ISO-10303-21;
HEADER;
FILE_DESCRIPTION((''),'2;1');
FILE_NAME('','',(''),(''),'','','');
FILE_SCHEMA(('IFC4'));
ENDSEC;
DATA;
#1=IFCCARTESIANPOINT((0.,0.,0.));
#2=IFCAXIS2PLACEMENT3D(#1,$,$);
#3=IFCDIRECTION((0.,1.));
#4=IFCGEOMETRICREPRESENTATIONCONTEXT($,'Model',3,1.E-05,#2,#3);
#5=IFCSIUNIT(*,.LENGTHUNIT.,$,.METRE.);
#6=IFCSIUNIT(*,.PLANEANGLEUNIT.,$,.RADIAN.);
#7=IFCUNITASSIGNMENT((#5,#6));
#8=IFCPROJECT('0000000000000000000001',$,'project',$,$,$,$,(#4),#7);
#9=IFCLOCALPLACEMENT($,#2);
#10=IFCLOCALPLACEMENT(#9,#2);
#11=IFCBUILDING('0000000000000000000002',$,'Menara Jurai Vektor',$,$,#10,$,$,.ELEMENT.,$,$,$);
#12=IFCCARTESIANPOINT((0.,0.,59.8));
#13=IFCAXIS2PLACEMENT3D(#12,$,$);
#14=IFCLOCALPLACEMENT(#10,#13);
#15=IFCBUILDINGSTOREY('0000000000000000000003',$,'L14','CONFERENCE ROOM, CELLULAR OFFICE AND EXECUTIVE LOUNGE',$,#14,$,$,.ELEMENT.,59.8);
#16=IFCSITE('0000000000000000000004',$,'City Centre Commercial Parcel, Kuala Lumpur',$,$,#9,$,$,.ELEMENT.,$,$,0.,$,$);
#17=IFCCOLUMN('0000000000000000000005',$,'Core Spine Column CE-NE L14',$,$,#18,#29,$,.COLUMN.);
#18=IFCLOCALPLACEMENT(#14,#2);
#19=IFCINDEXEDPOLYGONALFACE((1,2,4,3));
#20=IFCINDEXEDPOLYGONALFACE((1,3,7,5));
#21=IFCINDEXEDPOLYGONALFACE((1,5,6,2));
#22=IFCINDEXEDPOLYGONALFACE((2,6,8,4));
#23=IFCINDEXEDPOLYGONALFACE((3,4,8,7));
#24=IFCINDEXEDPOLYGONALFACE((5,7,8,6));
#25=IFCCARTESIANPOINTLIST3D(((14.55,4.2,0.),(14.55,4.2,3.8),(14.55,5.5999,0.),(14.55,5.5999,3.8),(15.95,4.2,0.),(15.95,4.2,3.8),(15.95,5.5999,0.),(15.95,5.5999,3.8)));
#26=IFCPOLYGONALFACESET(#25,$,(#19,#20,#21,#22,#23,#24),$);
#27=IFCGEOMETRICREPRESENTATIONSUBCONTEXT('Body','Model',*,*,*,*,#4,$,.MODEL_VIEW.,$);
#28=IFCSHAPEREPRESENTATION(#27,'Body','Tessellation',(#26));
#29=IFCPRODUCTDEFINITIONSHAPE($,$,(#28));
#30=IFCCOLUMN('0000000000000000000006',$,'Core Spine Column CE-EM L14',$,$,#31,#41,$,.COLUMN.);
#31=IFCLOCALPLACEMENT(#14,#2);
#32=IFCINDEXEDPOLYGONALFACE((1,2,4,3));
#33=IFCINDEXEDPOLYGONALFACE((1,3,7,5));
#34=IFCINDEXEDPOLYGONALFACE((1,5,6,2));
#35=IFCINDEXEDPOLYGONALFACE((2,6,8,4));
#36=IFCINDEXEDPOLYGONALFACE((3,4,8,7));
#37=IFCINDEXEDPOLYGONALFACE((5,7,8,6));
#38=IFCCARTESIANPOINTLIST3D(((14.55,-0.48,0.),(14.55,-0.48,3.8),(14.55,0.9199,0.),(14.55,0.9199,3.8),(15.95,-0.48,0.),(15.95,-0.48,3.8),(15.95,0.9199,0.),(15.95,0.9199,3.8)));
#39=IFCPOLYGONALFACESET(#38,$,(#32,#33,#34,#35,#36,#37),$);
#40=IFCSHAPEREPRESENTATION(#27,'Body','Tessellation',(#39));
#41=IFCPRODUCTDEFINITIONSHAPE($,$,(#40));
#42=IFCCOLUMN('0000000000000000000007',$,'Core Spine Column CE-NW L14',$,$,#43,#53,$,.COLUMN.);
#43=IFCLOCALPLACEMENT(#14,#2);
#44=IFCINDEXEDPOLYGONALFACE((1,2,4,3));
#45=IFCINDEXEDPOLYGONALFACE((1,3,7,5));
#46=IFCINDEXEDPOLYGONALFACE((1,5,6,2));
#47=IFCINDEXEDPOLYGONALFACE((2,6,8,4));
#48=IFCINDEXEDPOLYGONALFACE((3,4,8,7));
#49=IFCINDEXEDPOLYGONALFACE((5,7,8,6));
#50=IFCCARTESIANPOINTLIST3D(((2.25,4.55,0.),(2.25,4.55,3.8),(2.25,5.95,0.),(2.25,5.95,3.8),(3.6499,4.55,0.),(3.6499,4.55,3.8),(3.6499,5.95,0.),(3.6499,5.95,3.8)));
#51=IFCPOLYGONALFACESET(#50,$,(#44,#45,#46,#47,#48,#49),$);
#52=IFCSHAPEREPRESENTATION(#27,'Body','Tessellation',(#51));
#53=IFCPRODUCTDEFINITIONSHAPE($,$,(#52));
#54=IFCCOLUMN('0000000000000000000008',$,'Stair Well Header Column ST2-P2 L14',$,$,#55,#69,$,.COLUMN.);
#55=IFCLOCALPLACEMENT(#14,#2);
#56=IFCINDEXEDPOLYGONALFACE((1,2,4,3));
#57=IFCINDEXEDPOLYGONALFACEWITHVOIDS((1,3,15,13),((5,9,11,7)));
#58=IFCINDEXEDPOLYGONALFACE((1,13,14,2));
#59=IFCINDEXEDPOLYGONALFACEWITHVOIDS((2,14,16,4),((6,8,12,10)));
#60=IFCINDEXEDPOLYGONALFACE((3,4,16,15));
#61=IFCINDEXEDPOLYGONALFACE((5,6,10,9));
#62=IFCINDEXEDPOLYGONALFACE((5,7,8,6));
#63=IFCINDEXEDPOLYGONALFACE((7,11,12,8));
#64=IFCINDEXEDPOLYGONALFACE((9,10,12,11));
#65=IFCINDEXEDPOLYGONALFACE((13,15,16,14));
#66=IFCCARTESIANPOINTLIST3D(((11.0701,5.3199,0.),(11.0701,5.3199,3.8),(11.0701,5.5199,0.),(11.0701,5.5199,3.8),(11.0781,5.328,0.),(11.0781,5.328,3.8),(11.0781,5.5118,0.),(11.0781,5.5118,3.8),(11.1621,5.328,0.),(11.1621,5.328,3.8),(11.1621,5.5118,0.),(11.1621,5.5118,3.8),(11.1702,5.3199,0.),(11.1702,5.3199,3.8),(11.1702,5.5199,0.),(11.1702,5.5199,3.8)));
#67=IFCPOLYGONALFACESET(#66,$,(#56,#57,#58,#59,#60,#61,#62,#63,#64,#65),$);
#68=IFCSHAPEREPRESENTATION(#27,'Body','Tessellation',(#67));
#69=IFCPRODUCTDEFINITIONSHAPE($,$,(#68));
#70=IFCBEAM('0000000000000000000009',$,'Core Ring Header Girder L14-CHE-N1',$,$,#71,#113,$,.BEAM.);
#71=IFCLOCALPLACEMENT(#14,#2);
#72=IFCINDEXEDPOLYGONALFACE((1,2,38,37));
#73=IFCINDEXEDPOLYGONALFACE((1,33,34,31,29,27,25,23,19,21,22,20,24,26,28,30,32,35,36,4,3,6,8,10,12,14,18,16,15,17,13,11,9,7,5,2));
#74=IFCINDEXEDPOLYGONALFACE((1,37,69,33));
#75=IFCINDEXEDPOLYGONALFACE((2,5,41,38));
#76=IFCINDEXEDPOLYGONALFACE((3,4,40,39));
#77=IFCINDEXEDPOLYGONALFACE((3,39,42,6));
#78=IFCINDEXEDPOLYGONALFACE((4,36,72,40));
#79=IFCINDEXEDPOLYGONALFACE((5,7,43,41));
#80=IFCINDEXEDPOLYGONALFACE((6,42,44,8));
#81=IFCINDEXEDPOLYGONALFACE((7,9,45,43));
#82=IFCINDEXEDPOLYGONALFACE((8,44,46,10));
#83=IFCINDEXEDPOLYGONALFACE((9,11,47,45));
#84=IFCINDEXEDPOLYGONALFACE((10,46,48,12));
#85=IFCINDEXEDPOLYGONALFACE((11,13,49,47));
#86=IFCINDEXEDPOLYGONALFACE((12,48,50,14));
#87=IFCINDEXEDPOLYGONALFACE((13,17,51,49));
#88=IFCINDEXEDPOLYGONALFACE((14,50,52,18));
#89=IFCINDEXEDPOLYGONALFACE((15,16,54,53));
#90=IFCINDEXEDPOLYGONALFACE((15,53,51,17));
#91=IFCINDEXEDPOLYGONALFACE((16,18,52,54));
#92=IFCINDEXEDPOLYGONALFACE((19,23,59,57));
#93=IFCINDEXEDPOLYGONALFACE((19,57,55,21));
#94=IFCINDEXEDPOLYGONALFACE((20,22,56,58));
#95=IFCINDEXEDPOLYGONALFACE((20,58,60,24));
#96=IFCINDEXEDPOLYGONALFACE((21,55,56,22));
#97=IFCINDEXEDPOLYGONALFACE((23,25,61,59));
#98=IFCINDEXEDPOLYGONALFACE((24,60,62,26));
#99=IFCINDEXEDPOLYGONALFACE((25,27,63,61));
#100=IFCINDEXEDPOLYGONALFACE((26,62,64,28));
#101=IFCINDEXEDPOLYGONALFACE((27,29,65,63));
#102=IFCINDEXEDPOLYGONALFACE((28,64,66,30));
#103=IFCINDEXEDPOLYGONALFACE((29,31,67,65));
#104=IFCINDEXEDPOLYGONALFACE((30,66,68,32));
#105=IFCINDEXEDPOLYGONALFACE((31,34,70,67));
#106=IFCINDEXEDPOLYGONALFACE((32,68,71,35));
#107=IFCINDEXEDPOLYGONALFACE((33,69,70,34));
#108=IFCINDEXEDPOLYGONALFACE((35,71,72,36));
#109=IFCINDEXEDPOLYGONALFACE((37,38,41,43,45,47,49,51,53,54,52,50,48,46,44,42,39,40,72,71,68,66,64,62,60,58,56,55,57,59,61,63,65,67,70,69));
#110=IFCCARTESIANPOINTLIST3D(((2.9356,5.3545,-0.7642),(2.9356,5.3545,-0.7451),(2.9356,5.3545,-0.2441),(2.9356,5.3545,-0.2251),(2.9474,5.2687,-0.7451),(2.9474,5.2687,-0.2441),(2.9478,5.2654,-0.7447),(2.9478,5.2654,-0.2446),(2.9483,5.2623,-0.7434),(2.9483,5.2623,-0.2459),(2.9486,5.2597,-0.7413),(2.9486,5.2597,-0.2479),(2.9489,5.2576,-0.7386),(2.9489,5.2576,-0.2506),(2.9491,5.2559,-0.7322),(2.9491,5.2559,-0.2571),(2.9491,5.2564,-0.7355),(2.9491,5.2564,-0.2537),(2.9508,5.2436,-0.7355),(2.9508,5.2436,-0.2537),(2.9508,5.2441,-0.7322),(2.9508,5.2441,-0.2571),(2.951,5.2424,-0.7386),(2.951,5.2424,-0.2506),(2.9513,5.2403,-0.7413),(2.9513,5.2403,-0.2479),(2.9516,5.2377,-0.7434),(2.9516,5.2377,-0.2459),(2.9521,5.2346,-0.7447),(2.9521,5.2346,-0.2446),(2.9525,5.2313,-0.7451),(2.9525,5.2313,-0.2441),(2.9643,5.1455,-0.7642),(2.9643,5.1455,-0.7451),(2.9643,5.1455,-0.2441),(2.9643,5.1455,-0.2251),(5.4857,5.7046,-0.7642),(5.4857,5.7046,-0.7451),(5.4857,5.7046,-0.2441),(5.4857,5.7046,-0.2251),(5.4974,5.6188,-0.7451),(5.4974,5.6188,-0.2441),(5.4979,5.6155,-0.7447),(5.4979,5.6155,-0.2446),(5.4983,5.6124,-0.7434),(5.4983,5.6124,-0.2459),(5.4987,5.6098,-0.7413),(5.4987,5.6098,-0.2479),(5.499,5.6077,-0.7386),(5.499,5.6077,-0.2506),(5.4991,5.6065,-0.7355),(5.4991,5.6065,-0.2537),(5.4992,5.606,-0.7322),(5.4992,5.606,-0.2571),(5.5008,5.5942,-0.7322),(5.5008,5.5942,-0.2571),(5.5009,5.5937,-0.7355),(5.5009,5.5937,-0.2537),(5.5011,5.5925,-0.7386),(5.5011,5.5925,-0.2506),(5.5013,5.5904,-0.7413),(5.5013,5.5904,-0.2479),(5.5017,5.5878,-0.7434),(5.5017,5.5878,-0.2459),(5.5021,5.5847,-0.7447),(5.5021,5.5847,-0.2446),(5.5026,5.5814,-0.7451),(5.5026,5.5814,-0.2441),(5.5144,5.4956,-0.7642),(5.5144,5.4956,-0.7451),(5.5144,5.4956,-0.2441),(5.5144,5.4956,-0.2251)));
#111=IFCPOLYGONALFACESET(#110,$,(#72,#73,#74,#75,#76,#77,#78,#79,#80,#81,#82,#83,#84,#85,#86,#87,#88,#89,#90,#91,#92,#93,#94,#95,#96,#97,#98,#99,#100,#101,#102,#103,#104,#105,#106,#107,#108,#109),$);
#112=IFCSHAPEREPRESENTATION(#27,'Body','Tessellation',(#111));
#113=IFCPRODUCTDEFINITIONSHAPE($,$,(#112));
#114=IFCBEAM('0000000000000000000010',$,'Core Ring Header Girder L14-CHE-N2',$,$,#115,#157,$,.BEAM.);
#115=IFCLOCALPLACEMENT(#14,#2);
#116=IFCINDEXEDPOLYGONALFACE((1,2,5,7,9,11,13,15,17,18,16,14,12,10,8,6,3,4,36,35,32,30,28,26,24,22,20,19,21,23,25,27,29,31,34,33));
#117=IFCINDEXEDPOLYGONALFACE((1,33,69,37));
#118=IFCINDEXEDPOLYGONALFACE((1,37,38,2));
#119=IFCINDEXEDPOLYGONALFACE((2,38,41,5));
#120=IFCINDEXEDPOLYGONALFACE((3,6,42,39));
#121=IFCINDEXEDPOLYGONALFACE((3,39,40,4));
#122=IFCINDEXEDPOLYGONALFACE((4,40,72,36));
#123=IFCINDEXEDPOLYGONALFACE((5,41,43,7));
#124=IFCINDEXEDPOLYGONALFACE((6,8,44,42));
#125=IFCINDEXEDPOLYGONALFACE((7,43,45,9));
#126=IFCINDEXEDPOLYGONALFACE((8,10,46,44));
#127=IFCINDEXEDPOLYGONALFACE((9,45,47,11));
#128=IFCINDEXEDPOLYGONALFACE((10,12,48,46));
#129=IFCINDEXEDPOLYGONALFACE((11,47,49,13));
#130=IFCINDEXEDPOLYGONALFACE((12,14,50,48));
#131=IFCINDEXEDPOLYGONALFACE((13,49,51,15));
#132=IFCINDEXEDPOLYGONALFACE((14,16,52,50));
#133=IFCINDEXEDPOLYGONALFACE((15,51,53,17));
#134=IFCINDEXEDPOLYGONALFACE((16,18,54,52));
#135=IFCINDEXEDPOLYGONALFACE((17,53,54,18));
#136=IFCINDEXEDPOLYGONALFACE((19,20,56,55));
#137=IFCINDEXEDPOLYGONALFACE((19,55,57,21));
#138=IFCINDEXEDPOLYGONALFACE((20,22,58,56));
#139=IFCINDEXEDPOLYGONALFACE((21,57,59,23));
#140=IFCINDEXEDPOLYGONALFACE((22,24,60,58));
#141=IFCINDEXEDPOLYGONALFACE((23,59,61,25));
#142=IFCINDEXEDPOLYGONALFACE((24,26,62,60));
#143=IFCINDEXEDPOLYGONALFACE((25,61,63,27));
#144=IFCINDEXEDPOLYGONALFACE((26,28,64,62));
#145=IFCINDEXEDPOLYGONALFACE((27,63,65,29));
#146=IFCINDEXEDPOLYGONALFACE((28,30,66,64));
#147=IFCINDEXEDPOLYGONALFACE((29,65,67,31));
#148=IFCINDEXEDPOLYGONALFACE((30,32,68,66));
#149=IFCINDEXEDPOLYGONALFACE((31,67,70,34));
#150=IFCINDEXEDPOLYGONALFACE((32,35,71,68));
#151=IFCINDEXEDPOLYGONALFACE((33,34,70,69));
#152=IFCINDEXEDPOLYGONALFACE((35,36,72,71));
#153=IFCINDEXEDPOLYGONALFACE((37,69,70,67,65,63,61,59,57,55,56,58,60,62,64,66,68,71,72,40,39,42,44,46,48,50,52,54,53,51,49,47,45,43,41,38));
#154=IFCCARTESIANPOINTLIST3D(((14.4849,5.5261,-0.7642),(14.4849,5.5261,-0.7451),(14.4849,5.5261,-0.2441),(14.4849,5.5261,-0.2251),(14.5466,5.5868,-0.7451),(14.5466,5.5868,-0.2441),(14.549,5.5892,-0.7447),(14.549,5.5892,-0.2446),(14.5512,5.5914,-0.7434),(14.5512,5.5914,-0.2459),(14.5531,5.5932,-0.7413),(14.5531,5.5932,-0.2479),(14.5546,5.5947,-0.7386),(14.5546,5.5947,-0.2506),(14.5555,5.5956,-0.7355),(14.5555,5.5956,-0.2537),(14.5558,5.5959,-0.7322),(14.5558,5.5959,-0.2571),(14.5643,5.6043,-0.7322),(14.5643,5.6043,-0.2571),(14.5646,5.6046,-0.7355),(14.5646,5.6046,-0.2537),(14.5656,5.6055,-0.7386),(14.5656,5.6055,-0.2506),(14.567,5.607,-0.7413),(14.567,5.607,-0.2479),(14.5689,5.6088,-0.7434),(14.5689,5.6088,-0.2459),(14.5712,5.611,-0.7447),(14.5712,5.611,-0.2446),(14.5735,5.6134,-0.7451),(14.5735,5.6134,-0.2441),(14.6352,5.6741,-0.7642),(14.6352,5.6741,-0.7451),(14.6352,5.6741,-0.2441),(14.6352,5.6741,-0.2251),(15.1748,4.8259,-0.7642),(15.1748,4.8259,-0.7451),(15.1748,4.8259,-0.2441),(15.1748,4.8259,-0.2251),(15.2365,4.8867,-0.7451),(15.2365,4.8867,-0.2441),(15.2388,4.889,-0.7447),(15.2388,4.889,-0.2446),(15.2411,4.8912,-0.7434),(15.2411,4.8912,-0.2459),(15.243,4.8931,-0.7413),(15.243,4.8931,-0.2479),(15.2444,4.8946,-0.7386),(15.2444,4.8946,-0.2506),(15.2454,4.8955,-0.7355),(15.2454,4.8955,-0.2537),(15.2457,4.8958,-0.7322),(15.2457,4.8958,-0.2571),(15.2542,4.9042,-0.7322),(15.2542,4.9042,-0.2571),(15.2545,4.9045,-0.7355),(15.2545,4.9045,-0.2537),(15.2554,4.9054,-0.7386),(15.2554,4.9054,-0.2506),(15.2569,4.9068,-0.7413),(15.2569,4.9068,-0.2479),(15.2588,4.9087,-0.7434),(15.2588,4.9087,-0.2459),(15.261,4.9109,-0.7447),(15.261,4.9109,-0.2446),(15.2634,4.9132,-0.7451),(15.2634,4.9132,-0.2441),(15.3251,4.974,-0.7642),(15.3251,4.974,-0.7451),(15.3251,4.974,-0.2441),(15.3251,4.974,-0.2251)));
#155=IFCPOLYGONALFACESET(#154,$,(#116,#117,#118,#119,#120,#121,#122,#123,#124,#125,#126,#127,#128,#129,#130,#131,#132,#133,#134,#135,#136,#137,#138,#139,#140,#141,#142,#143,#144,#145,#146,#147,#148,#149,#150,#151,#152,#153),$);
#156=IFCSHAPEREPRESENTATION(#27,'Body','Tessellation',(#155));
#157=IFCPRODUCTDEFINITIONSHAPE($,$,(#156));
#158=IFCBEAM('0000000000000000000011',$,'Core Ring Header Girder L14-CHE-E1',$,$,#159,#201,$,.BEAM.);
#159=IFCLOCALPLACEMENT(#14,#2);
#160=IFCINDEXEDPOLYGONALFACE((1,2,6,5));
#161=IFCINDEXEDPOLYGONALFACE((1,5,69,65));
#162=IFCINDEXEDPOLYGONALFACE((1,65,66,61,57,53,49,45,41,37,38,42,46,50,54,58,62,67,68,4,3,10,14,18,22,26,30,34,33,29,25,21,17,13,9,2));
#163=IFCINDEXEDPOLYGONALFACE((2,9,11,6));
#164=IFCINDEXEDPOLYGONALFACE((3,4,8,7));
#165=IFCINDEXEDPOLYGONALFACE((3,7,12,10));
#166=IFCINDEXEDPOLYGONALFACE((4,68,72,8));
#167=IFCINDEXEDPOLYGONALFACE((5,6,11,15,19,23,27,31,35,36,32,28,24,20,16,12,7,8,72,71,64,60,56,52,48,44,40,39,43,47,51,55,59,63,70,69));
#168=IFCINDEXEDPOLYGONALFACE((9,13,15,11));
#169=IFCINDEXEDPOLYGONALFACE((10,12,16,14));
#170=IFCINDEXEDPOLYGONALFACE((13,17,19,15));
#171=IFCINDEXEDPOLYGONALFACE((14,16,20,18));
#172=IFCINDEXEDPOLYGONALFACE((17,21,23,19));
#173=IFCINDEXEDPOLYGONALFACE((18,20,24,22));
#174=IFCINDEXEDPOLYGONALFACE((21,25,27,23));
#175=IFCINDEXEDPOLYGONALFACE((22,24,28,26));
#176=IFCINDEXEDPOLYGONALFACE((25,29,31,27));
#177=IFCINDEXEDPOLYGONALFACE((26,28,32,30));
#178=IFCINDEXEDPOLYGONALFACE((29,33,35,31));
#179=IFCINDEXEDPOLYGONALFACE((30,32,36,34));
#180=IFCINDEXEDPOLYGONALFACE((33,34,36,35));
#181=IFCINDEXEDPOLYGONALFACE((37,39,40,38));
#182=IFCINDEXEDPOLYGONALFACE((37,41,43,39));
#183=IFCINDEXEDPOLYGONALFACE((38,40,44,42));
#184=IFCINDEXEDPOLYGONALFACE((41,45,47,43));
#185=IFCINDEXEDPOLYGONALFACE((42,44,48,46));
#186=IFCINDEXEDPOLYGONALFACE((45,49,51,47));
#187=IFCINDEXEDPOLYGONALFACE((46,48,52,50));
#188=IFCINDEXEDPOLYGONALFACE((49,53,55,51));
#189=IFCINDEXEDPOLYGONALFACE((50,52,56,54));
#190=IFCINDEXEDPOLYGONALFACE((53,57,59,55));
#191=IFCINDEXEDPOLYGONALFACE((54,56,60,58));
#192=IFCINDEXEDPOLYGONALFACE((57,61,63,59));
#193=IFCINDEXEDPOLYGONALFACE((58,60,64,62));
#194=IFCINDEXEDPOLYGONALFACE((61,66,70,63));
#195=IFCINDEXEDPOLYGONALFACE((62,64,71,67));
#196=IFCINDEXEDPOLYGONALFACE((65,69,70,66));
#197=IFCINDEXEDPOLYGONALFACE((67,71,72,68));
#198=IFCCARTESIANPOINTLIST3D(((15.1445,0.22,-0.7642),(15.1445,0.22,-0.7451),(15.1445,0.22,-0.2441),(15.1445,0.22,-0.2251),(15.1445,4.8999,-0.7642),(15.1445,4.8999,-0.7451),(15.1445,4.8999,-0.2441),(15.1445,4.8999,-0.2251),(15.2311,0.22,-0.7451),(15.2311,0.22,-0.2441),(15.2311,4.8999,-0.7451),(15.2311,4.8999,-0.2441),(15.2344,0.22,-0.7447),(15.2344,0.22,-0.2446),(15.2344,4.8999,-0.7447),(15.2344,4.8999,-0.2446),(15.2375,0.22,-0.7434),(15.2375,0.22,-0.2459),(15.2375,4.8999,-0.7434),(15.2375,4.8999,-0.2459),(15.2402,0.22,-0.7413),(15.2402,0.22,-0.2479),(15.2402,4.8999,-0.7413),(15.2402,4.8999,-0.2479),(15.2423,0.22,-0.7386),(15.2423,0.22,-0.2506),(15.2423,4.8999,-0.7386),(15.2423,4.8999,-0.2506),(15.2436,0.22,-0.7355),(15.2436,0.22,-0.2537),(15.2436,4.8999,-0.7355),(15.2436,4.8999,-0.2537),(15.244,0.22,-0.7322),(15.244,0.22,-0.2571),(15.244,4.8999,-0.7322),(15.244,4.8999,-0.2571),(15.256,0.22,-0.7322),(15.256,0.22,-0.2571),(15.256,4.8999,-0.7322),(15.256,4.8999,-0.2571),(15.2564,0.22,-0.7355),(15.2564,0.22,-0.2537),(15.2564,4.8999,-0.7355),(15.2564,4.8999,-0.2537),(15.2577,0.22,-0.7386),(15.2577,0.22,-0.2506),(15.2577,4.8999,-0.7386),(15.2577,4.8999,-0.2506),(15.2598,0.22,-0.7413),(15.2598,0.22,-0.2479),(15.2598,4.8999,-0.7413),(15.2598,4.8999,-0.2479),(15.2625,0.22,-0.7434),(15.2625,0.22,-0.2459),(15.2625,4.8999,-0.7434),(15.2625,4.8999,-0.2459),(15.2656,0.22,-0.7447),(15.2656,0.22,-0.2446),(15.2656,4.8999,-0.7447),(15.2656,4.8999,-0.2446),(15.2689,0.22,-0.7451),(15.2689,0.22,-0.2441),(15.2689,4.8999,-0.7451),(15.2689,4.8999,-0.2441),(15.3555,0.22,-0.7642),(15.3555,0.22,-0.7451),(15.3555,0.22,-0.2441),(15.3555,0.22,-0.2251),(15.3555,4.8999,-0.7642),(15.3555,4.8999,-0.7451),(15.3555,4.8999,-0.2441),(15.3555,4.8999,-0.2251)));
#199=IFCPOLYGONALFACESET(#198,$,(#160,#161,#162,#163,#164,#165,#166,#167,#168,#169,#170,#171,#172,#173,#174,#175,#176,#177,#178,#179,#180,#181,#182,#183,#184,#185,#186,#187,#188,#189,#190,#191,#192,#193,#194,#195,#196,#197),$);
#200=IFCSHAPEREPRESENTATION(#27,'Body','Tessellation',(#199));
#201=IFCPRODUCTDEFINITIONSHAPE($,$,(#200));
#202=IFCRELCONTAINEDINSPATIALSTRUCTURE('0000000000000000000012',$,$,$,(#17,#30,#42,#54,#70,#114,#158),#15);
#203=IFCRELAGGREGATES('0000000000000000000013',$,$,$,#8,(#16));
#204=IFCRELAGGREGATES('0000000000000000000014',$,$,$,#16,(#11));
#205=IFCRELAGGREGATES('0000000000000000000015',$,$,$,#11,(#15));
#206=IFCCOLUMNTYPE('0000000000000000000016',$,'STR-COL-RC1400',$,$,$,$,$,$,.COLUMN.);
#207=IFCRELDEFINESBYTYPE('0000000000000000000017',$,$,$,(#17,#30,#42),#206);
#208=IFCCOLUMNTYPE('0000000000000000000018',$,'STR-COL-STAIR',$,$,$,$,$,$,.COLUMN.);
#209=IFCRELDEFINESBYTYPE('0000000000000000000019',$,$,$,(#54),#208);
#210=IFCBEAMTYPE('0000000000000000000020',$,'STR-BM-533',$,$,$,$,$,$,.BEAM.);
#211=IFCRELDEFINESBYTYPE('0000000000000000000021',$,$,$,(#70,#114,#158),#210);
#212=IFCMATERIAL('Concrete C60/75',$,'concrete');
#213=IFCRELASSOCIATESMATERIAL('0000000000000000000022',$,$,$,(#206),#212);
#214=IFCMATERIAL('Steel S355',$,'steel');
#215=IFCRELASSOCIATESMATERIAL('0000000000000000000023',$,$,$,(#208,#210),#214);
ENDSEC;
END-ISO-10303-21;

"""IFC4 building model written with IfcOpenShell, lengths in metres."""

from ifc_helpers import new_model, si_unit, direction, frame, origin, origin_2d, place, context, subcontext, project, spatial, rectangle, hollow_rectangle, i_section, extrude, material, material_profile, profile_set, type_object, element, save


model = new_model("IFC4")

# Units and contexts
model_context = context("Model", 3, precision=1e-05, world=origin(), true_north=direction((0.0, 1.0)))
body_context = subcontext(model_context, "Body", "Model", "MODEL_VIEW")
ifc_project = project(units=[si_unit("LENGTHUNIT", "METRE"), si_unit("PLANEANGLEUNIT", "RADIAN")], contexts=[model_context])

# Site, building, storey
site_placement = place(None, origin())
site = spatial("IfcSite", under=ifc_project, at=site_placement, Name="City Centre Commercial Parcel, Kuala Lumpur", CompositionType="ELEMENT", RefElevation=0.0)
building_placement = place(site_placement, origin())
building = spatial("IfcBuilding", under=site, at=building_placement, Name="Menara Jurai Vektor", CompositionType="ELEMENT")
storey_placement = place(building_placement, frame((0.0, 0.0, 59.8)))
storey = spatial("IfcBuildingStorey", under=building, at=storey_placement, Name="L14", Description="CONFERENCE ROOM, CELLULAR OFFICE AND EXECUTIVE LOUNGE", CompositionType="ELEMENT", Elevation=59.8)

# Columns
ifc_material_1 = material(Name="Concrete C60/75", Category="concrete")
ifc_material_profile_1 = material_profile(ifc_material_1, rectangle(XDim=1.3999, YDim=1.3999, at=origin_2d()), Name="RC 1400x1400")
ifc_profile_set_1 = profile_set([ifc_material_profile_1], Name="Concrete C60/75")
column_type_1 = type_object("IfcColumnType", Name="STR-COL-RC1400", PredefinedType="COLUMN", material=ifc_profile_set_1)
for number, where, z_axis, x_axis, name in (
    (1, (15.25, 4.8999, 0.0), (0.0, 0.0, 1.0), (1.0, 0.0, 0.0), "Core Spine Column CE-NE L14"),
    (2, (15.25, 0.22, 0.0), (0.0, 0.0, 1.0), (1.0, 0.0, 0.0), "Core Spine Column CE-EM L14"),
    (3, (2.95, 5.25, 0.0), (0.0, 0.0, 1.0), (1.0, 0.0, 0.0), "Core Spine Column CE-NW L14"),
):
    element("IfcColumn", number, at=place(storey_placement, frame(where, z_axis=z_axis, x_axis=x_axis)), inside=storey, type_object=column_type_1, Name=name, PredefinedType="COLUMN", context=body_context, shape_type="SweptSolid", body=[
        extrude(rectangle(XDim=1.3999, YDim=1.3999, at=origin_2d()), origin(), (0.0, 0.0, 1.0), 3.8),
    ])
ifc_material_2 = material(Name="Steel S355", Category="steel")
ifc_material_profile_2 = material_profile(ifc_material_2, hollow_rectangle(XDim=0.1001, YDim=0.2, WallThickness=0.0081, at=origin_2d()), Name="RHS 200x100x8")
ifc_profile_set_2 = profile_set([ifc_material_profile_2], Name="Steel S355")
column_type_2 = type_object("IfcColumnType", Name="STR-COL-STAIR", PredefinedType="COLUMN", material=ifc_profile_set_2)
column_placement = place(storey_placement, frame((11.1201, 5.4199, 0.0), z_axis=(0.0, 0.0, 1.0), x_axis=(1.0, 0.0, 0.0)))
element("IfcColumn", 4, at=column_placement, inside=storey, type_object=column_type_2, Name="Stair Well Header Column ST2-P2 L14", PredefinedType="COLUMN", context=body_context, shape_type="SweptSolid", body=[
    extrude(hollow_rectangle(XDim=0.1001, YDim=0.2, WallThickness=0.0081, at=origin_2d()), origin(), (0.0, 0.0, 1.0), 3.8),
])

# Beams
ifc_material_profile_3 = material_profile(ifc_material_2, i_section(OverallWidth=0.2109, OverallDepth=0.5391, WebThickness=0.012, FlangeThickness=0.019, FilletRadius=0.0129, at=origin_2d()), Name="UKB 533x210x109")
ifc_profile_set_3 = profile_set([ifc_material_profile_3], Name="Steel S355")
beam_type_1 = type_object("IfcBeamType", Name="STR-BM-533", PredefinedType="BEAM", material=ifc_profile_set_3)
beam_1_placement = place(storey_placement, frame((2.95, 5.25, -0.4946), z_axis=(0.990707, 0.136015, 0.0), x_axis=(-0.136015, 0.990707, 0.0)))
element("IfcBeam", 5, at=beam_1_placement, inside=storey, type_object=beam_type_1, Name="Core Ring Header Girder L14-CHE-N1", PredefinedType="BEAM", context=body_context, shape_type="SweptSolid", body=[
    extrude(i_section(OverallWidth=0.2109, OverallDepth=0.5391, WebThickness=0.012, FlangeThickness=0.019, FilletRadius=0.0129, at=origin_2d()), origin(), (0.0, 0.0, 1.0), 2.574),
])
beam_2_placement = place(storey_placement, frame((14.5601, 5.6001, -0.4946), z_axis=(0.701872, -0.712303, 0.0), x_axis=(0.712303, 0.701872, 0.0)))
element("IfcBeam", 6, at=beam_2_placement, inside=storey, type_object=beam_type_1, Name="Core Ring Header Girder L14-CHE-N2", PredefinedType="BEAM", context=body_context, shape_type="SweptSolid", body=[
    extrude(i_section(OverallWidth=0.2109, OverallDepth=0.5391, WebThickness=0.012, FlangeThickness=0.019, FilletRadius=0.0129, at=origin_2d()), origin(), (0.0, 0.0, 1.0), 0.9829),
])
beam_3_placement = place(storey_placement, frame((15.25, 0.22, -0.4946), z_axis=(0.0, 1.0, 0.0), x_axis=(-1.0, 0.0, 0.0)))
element("IfcBeam", 7, at=beam_3_placement, inside=storey, type_object=beam_type_1, Name="Core Ring Header Girder L14-CHE-E1", PredefinedType="BEAM", context=body_context, shape_type="SweptSolid", body=[
    extrude(i_section(OverallWidth=0.2109, OverallDepth=0.5391, WebThickness=0.012, FlangeThickness=0.019, FilletRadius=0.0129, at=origin_2d()), origin(), (0.0, 0.0, 1.0), 4.6799),
])

save(model, "model.ifc")
